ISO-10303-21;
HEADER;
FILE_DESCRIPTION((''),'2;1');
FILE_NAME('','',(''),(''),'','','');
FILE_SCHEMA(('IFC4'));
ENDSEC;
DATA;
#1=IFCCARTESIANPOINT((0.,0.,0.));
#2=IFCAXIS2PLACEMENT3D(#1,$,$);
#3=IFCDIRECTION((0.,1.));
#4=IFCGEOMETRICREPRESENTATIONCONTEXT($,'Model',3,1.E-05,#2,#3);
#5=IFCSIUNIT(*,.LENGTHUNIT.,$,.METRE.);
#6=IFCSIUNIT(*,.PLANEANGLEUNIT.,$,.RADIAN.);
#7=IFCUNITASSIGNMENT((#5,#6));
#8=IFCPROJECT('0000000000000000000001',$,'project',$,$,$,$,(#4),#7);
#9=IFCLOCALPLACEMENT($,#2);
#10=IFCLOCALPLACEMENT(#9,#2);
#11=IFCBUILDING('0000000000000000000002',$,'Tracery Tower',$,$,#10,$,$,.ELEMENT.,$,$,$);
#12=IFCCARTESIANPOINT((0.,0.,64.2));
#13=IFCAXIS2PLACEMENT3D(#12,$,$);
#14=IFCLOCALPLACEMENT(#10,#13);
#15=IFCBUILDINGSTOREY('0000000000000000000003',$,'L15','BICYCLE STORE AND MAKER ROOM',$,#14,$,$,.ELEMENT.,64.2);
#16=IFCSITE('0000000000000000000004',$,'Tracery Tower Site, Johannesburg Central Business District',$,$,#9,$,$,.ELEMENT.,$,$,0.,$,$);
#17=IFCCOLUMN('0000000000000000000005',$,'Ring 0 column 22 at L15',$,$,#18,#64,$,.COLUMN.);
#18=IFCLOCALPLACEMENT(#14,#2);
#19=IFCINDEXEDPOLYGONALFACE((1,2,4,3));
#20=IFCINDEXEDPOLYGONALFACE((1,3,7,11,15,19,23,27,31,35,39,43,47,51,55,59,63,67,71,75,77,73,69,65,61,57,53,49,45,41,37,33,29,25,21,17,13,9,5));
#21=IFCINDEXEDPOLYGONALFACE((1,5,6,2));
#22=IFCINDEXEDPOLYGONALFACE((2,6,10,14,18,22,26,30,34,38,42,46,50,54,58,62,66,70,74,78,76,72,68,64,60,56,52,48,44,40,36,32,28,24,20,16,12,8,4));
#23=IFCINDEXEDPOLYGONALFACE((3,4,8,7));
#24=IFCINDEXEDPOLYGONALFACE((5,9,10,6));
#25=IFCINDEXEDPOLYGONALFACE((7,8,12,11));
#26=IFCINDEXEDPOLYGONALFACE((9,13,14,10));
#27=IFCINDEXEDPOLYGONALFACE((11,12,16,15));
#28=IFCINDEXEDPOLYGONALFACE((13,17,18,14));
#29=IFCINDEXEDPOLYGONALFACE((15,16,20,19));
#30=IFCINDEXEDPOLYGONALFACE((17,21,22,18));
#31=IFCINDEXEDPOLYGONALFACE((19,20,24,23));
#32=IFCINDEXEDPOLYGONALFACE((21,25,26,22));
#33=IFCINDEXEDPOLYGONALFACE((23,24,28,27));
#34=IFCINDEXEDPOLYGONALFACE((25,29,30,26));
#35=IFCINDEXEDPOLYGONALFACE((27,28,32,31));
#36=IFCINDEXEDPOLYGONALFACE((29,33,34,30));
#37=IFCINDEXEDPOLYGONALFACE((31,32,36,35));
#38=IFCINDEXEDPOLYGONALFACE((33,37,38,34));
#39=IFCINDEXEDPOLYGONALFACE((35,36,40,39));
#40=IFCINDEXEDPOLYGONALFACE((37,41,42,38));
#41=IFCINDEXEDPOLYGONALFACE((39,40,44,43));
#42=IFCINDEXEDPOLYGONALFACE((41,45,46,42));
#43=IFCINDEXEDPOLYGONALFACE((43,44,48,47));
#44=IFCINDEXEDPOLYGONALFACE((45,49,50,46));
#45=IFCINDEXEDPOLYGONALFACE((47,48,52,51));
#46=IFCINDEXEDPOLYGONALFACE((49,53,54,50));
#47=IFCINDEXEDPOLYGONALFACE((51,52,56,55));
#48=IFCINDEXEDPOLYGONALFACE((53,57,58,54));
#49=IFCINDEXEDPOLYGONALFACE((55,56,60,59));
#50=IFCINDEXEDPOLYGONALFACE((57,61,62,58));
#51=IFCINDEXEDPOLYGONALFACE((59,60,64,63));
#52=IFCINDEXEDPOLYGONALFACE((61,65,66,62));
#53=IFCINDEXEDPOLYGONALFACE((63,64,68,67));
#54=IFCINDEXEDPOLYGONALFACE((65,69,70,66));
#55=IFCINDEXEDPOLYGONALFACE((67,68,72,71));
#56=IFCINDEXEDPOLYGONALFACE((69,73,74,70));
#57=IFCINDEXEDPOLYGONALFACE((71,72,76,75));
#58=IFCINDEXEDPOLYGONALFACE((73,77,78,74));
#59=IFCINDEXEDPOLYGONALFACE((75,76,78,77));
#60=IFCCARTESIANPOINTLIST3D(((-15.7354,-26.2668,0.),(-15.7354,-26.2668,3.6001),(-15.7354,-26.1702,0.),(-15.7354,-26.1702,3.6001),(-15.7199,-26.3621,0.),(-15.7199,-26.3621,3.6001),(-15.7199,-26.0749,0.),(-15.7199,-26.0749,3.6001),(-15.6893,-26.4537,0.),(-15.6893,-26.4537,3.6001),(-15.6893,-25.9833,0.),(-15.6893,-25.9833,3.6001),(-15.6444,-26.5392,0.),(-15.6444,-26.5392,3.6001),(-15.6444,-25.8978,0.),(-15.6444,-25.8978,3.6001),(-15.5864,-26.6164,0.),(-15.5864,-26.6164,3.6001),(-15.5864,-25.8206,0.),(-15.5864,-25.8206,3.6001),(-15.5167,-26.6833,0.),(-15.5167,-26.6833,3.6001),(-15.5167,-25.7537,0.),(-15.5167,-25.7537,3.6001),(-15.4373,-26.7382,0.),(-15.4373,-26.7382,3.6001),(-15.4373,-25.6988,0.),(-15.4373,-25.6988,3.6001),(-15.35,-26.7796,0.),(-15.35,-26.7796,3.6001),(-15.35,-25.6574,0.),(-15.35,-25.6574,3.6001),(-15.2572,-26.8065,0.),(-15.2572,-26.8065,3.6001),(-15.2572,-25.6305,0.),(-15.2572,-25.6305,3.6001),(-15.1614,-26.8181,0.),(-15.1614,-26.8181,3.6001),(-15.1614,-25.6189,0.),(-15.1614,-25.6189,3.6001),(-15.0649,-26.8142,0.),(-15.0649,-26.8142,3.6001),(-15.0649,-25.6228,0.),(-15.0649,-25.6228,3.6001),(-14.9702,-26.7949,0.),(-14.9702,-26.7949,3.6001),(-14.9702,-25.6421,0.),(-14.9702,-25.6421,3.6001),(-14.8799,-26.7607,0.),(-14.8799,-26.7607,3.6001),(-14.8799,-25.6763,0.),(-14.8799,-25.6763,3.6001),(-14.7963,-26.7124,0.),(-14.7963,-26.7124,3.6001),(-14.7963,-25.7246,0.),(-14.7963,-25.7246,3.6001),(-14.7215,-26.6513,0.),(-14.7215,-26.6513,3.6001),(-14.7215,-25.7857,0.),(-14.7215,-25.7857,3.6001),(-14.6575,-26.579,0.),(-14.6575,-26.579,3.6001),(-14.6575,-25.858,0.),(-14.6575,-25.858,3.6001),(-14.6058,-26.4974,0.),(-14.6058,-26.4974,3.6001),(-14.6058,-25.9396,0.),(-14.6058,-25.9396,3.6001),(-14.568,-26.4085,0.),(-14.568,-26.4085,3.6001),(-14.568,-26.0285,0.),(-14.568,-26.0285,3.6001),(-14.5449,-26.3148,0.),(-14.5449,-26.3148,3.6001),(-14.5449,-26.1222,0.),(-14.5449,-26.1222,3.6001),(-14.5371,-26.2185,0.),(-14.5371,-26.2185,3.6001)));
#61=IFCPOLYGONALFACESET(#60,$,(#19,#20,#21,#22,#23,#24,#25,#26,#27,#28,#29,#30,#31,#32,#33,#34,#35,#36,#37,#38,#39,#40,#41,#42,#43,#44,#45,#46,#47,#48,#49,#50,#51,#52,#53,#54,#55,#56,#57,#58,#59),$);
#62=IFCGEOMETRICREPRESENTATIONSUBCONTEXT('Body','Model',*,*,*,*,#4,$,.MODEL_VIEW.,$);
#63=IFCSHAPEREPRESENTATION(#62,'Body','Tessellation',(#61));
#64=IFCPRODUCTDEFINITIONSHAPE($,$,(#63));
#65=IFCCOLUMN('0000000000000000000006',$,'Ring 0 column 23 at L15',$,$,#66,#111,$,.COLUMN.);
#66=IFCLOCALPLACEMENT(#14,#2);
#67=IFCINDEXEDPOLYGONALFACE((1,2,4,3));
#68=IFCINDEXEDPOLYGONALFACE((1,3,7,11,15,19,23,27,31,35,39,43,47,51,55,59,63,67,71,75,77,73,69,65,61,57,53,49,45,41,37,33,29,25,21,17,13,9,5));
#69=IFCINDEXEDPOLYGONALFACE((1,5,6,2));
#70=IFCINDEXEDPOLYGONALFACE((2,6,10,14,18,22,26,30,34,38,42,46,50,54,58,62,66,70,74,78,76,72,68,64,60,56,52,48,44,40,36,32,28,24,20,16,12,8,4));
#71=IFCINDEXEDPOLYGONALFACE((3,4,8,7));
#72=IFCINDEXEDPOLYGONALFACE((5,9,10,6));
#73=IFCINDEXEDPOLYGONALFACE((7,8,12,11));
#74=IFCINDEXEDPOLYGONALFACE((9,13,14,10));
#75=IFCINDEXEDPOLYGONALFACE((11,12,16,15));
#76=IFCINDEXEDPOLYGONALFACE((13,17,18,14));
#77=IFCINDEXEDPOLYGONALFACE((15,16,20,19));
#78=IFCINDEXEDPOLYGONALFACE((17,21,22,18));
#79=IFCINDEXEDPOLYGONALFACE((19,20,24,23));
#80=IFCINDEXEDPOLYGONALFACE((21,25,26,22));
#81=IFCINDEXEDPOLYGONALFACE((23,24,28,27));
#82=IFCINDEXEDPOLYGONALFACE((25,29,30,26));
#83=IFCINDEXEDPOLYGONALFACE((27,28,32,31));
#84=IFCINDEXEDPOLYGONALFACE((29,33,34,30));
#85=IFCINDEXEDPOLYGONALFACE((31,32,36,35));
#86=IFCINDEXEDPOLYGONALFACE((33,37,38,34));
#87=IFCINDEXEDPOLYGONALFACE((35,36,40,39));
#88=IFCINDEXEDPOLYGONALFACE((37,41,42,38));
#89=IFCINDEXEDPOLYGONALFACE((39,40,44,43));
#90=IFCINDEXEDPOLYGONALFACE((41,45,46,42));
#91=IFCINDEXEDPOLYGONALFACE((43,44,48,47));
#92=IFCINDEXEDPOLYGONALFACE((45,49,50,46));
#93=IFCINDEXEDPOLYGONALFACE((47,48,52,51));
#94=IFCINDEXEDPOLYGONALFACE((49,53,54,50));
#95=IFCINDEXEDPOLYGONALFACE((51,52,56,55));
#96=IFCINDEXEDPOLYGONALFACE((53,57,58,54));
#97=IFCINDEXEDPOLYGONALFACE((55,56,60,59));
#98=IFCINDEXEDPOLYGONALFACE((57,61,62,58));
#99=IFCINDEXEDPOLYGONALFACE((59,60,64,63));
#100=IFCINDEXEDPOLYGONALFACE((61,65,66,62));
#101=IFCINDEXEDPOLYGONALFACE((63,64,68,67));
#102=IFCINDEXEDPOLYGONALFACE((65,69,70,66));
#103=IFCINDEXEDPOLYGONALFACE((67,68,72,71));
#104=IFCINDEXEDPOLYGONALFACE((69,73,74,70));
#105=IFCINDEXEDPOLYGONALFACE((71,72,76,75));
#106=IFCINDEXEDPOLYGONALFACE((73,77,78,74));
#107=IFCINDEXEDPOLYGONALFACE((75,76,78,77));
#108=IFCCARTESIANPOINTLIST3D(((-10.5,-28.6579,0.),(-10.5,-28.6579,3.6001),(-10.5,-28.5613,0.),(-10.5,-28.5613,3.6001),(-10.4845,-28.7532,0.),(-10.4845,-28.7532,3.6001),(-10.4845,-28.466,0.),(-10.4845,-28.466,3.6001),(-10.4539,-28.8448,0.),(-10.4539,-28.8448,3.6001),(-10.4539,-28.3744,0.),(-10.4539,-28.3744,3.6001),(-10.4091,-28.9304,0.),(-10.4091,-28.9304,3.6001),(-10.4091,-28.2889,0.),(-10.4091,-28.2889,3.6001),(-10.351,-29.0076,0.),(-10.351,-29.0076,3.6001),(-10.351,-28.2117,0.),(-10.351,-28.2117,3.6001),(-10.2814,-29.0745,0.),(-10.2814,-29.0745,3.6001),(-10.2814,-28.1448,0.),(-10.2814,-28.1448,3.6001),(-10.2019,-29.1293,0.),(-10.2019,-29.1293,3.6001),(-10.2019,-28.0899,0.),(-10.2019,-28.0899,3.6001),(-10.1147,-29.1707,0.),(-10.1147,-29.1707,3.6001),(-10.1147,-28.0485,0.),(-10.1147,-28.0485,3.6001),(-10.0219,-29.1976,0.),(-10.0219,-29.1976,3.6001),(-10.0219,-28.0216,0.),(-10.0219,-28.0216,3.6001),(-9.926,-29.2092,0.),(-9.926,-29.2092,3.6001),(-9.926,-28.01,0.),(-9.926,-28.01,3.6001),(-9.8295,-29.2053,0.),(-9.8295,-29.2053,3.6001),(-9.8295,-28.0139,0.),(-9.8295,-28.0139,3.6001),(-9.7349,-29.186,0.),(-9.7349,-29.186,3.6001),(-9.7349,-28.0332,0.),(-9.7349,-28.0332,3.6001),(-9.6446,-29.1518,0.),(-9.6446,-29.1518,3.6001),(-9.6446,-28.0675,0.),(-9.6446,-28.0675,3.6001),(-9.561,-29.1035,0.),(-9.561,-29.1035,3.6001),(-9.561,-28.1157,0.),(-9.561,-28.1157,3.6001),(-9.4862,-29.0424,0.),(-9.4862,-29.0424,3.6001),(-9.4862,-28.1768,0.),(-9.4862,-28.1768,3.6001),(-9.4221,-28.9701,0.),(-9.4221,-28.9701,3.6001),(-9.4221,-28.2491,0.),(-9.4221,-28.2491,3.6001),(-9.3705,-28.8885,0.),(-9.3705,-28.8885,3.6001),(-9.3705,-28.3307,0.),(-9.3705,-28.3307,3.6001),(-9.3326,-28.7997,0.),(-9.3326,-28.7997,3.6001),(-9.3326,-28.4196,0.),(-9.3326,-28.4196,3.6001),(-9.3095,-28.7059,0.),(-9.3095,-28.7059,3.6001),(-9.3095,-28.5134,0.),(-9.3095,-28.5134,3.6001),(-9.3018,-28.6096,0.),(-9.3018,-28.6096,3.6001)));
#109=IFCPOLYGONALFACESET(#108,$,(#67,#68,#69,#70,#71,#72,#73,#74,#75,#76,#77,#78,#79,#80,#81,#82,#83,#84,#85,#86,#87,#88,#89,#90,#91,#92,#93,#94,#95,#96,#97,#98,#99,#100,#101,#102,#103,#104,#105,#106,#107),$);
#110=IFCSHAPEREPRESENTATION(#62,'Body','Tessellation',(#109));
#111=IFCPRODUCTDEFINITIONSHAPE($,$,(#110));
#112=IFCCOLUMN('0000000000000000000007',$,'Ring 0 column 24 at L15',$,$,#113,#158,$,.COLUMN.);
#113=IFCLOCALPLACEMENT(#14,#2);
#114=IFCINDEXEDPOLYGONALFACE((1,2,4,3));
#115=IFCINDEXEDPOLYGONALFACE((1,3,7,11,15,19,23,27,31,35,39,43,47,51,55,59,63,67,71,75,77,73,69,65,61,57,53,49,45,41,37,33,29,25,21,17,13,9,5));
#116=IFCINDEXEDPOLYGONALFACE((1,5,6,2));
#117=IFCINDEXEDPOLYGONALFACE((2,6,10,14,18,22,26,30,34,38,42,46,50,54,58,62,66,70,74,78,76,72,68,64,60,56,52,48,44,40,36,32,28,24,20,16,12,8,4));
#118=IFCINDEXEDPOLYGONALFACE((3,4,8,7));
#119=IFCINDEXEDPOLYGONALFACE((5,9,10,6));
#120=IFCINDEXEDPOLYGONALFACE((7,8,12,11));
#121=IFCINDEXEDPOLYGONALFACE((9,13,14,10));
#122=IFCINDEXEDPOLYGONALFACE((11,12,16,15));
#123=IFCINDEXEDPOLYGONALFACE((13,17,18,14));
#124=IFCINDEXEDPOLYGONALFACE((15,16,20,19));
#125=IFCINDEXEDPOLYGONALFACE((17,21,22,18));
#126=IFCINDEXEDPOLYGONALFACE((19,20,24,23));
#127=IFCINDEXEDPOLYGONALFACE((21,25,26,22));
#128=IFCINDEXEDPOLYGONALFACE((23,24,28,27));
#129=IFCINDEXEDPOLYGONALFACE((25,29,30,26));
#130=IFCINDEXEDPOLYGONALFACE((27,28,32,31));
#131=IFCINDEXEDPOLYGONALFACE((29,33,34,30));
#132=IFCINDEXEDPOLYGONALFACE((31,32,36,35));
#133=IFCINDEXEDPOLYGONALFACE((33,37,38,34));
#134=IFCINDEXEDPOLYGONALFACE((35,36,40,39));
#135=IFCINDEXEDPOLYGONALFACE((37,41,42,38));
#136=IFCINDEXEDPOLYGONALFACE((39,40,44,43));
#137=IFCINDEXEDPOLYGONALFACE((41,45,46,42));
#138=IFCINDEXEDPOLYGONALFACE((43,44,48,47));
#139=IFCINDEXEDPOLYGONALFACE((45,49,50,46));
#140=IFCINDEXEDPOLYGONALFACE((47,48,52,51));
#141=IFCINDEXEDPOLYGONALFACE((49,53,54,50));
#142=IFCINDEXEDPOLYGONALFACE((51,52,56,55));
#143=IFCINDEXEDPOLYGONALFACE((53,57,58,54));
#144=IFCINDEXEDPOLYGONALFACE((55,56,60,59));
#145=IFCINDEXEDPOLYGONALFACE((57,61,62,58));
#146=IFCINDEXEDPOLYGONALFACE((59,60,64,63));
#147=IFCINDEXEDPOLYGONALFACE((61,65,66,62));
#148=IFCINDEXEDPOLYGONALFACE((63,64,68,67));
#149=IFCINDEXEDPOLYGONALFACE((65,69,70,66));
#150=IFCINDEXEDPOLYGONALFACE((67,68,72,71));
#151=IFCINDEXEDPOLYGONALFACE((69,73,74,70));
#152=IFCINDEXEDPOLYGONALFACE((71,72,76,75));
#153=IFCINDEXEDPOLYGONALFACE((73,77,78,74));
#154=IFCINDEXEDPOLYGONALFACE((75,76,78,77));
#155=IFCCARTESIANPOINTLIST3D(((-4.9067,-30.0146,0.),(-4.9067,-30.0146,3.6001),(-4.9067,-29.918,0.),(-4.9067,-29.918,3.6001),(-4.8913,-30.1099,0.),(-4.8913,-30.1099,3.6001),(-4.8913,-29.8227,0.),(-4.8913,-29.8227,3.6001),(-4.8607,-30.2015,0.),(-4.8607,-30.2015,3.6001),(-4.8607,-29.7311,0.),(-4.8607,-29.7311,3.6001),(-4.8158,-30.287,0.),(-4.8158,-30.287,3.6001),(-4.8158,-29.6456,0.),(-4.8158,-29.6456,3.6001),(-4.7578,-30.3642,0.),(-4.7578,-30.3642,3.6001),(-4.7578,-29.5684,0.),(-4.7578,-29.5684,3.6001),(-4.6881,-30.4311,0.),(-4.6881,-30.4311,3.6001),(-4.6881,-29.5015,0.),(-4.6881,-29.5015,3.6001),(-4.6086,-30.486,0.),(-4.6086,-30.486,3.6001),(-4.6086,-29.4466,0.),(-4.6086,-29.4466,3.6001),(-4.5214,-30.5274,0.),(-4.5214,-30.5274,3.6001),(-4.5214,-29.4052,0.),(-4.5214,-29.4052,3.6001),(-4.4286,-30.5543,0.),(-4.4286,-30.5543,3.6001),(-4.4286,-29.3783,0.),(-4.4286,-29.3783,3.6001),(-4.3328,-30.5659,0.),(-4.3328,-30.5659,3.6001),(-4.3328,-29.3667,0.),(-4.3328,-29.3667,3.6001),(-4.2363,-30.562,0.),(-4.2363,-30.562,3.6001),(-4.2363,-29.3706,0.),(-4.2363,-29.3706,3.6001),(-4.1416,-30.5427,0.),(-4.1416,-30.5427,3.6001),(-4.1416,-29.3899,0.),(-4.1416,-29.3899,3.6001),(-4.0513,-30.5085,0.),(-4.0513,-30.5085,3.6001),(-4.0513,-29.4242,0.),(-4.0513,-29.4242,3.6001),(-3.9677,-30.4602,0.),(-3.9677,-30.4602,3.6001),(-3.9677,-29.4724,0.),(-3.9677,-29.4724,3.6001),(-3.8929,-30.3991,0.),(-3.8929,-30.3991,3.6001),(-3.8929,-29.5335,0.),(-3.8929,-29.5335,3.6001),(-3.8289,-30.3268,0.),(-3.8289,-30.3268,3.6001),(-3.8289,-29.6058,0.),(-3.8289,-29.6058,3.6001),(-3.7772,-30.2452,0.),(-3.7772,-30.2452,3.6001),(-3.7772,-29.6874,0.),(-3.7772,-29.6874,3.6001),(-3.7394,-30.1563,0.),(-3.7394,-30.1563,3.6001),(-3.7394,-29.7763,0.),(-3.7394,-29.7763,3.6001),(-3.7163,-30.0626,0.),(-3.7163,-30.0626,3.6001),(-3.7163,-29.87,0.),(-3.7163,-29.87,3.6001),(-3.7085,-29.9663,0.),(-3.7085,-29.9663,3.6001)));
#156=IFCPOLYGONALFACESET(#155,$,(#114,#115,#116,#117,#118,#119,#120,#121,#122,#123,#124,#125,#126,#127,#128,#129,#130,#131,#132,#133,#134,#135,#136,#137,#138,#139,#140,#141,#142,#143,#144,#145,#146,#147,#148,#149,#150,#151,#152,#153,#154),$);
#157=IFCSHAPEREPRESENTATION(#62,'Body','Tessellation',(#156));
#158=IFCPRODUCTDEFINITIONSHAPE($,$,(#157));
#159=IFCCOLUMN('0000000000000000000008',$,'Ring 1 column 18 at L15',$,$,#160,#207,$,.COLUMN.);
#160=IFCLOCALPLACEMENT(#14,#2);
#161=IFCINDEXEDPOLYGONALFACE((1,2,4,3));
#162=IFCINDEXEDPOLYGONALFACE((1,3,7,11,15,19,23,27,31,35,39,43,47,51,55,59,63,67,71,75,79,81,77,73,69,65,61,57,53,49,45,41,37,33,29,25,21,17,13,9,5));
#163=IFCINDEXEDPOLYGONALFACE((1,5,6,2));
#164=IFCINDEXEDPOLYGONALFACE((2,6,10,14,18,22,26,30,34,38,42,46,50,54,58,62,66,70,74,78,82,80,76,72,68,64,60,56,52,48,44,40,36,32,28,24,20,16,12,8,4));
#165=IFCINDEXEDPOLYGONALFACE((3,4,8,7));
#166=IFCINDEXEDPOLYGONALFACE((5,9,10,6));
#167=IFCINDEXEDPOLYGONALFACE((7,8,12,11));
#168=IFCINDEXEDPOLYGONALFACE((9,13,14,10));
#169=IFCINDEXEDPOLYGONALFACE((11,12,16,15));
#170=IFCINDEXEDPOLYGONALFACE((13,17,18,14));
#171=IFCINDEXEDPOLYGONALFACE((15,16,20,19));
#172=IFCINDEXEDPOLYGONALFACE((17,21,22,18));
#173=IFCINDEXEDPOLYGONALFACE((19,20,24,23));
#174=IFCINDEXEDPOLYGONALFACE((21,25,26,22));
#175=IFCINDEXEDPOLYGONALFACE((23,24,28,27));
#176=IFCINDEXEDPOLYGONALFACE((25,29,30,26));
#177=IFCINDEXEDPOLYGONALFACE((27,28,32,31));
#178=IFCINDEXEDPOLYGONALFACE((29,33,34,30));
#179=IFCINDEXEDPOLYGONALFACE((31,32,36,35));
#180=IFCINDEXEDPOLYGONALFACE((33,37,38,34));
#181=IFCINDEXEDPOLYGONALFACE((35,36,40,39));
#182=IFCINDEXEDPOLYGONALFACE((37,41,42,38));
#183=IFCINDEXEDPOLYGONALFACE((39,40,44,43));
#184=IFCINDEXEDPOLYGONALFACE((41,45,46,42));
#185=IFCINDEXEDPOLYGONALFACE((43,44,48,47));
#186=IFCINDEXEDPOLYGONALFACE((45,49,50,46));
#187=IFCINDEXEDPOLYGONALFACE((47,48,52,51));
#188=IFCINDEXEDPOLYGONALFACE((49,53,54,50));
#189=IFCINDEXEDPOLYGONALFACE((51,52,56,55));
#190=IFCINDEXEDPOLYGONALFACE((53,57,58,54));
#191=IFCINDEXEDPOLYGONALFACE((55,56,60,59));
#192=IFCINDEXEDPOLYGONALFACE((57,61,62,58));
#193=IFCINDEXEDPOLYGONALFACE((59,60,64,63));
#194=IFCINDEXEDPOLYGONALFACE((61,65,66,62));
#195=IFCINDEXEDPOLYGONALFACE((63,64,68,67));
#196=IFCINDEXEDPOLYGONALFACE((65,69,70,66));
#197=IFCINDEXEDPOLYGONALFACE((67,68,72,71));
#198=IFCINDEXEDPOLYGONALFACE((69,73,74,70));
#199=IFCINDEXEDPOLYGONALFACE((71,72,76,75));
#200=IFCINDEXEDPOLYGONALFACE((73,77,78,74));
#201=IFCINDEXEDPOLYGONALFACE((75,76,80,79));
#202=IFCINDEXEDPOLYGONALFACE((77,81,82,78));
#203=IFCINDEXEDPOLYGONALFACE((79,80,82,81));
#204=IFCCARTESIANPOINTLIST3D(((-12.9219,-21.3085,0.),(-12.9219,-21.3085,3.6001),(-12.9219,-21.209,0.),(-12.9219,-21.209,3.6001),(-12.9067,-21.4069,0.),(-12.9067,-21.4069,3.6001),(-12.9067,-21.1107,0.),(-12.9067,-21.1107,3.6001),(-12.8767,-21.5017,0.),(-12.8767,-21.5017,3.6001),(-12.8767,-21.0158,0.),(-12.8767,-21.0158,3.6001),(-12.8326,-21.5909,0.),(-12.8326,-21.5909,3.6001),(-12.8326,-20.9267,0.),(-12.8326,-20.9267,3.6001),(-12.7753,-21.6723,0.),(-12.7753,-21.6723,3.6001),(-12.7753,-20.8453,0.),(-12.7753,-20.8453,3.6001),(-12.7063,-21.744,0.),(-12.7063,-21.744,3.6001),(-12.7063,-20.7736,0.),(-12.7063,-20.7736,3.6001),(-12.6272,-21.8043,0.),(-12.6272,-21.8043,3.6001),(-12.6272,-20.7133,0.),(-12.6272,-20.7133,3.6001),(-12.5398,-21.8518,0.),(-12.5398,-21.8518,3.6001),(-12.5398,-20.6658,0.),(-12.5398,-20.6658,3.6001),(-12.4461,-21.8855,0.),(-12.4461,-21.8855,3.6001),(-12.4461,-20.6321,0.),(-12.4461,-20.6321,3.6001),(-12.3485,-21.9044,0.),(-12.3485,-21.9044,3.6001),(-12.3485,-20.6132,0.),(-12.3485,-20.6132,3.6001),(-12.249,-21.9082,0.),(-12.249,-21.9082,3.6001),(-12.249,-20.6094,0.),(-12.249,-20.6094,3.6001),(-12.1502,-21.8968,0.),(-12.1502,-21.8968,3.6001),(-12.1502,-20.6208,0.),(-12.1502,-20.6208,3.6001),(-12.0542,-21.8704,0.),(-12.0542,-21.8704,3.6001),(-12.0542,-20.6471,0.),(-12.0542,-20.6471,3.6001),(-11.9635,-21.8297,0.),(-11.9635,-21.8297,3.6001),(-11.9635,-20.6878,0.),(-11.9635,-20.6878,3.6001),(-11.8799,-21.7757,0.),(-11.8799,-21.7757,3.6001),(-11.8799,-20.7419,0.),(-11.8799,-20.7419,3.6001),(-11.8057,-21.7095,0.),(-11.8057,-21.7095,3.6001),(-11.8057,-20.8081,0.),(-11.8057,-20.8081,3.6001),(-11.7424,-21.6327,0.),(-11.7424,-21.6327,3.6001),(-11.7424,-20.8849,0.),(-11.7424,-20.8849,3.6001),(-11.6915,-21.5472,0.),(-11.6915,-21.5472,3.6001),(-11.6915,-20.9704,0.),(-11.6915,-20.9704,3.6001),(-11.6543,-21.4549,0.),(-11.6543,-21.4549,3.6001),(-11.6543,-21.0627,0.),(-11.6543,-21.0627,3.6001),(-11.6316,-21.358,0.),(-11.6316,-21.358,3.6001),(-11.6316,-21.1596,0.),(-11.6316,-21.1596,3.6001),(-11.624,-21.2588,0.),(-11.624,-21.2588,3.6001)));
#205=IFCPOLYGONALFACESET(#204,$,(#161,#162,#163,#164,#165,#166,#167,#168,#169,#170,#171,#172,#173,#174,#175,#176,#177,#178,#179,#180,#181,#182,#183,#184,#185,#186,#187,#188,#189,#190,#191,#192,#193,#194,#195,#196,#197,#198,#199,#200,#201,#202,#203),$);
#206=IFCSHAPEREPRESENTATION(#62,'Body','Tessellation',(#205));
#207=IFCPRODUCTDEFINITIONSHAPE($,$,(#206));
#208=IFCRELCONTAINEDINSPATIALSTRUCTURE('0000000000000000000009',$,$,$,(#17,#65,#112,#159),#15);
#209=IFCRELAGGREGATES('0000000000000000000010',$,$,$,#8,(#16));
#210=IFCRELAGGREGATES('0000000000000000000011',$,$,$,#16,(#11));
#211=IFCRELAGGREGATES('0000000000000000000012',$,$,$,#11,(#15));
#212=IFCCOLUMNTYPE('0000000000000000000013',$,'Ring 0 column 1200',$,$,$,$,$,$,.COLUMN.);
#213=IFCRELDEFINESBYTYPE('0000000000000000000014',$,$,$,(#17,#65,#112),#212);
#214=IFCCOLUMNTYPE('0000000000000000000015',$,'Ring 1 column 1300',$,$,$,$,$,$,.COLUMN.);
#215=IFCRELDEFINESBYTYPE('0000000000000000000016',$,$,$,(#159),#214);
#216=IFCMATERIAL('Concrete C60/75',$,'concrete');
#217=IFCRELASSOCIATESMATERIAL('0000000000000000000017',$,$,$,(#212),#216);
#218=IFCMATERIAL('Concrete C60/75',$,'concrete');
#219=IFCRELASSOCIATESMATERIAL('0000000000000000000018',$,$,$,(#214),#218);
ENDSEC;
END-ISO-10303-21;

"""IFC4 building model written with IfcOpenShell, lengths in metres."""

from ifc_helpers import new_model, si_unit, direction, frame, origin, origin_2d, place, context, subcontext, project, spatial, circle, extrude, material, material_profile, profile_set, type_object, element, save


model = new_model("IFC4")

# Units and contexts
model_context = context("Model", 3, precision=1e-05, world=origin(), true_north=direction((0.0, 1.0)))
body_context = subcontext(model_context, "Body", "Model", "MODEL_VIEW")
ifc_project = project(units=[si_unit("LENGTHUNIT", "METRE"), si_unit("PLANEANGLEUNIT", "RADIAN")], contexts=[model_context])

# Site, building, storey
site_placement = place(None, origin())
site = spatial("IfcSite", under=ifc_project, at=site_placement, Name="Tracery Tower Site, Johannesburg Central Business District", CompositionType="ELEMENT", RefElevation=0.0)
building_placement = place(site_placement, origin())
building = spatial("IfcBuilding", under=site, at=building_placement, Name="Tracery Tower", CompositionType="ELEMENT")
storey_placement = place(building_placement, frame((0.0, 0.0, 64.2)))
storey = spatial("IfcBuildingStorey", under=building, at=storey_placement, Name="L15", Description="BICYCLE STORE AND MAKER ROOM", CompositionType="ELEMENT", Elevation=64.2)

# Columns
ifc_material_1 = material(Name="Concrete C60/75", Category="concrete")
ifc_material_profile_1 = material_profile(ifc_material_1, circle(Radius=0.6001, at=origin_2d()), Name="RC D1200")
ifc_profile_set_1 = profile_set([ifc_material_profile_1], Name="Concrete C60/75")
column_type_1 = type_object("IfcColumnType", Name="Ring 0 column 1200", PredefinedType="COLUMN", material=ifc_profile_set_1)
for number, where, z_axis, x_axis, name in (
    (1, (-15.1372, -26.2185, 0.0), (0.0, 0.0, 1.0), (1.0, 0.0, 0.0), "Ring 0 column 22 at L15"),
    (2, (-9.9019, -28.6096, 0.0), (0.0, 0.0, 1.0), (1.0, 0.0, 0.0), "Ring 0 column 23 at L15"),
    (3, (-4.3086, -29.9663, 0.0), (0.0, 0.0, 1.0), (1.0, 0.0, 0.0), "Ring 0 column 24 at L15"),
):
    element("IfcColumn", number, at=place(storey_placement, frame(where, z_axis=z_axis, x_axis=x_axis)), inside=storey, type_object=column_type_1, Name=name, PredefinedType="COLUMN", context=body_context, shape_type="SweptSolid", body=[
        extrude(circle(Radius=0.6001, at=origin_2d()), origin(), (0.0, 0.0, 1.0), 3.6001),
    ])
ifc_material_2 = material(Name="Concrete C60/75", Category="concrete")
ifc_material_profile_2 = material_profile(ifc_material_2, circle(Radius=0.6499, at=origin_2d()), Name="RC D1300")
ifc_profile_set_2 = profile_set([ifc_material_profile_2], Name="Concrete C60/75")
column_type_2 = type_object("IfcColumnType", Name="Ring 1 column 1300", PredefinedType="COLUMN", material=ifc_profile_set_2)
for number, where, z_axis, x_axis, name in (
    (4, (-12.2739, -21.2588, 0.0), (0.0, 0.0, 1.0), (1.0, 0.0, 0.0), "Ring 1 column 18 at L15"),
):
    element("IfcColumn", number, at=place(storey_placement, frame(where, z_axis=z_axis, x_axis=x_axis)), inside=storey, type_object=column_type_2, Name=name, PredefinedType="COLUMN", context=body_context, shape_type="SweptSolid", body=[
        extrude(circle(Radius=0.6499, at=origin_2d()), origin(), (0.0, 0.0, 1.0), 3.6001),
    ])

save(model, "model.ifc")
